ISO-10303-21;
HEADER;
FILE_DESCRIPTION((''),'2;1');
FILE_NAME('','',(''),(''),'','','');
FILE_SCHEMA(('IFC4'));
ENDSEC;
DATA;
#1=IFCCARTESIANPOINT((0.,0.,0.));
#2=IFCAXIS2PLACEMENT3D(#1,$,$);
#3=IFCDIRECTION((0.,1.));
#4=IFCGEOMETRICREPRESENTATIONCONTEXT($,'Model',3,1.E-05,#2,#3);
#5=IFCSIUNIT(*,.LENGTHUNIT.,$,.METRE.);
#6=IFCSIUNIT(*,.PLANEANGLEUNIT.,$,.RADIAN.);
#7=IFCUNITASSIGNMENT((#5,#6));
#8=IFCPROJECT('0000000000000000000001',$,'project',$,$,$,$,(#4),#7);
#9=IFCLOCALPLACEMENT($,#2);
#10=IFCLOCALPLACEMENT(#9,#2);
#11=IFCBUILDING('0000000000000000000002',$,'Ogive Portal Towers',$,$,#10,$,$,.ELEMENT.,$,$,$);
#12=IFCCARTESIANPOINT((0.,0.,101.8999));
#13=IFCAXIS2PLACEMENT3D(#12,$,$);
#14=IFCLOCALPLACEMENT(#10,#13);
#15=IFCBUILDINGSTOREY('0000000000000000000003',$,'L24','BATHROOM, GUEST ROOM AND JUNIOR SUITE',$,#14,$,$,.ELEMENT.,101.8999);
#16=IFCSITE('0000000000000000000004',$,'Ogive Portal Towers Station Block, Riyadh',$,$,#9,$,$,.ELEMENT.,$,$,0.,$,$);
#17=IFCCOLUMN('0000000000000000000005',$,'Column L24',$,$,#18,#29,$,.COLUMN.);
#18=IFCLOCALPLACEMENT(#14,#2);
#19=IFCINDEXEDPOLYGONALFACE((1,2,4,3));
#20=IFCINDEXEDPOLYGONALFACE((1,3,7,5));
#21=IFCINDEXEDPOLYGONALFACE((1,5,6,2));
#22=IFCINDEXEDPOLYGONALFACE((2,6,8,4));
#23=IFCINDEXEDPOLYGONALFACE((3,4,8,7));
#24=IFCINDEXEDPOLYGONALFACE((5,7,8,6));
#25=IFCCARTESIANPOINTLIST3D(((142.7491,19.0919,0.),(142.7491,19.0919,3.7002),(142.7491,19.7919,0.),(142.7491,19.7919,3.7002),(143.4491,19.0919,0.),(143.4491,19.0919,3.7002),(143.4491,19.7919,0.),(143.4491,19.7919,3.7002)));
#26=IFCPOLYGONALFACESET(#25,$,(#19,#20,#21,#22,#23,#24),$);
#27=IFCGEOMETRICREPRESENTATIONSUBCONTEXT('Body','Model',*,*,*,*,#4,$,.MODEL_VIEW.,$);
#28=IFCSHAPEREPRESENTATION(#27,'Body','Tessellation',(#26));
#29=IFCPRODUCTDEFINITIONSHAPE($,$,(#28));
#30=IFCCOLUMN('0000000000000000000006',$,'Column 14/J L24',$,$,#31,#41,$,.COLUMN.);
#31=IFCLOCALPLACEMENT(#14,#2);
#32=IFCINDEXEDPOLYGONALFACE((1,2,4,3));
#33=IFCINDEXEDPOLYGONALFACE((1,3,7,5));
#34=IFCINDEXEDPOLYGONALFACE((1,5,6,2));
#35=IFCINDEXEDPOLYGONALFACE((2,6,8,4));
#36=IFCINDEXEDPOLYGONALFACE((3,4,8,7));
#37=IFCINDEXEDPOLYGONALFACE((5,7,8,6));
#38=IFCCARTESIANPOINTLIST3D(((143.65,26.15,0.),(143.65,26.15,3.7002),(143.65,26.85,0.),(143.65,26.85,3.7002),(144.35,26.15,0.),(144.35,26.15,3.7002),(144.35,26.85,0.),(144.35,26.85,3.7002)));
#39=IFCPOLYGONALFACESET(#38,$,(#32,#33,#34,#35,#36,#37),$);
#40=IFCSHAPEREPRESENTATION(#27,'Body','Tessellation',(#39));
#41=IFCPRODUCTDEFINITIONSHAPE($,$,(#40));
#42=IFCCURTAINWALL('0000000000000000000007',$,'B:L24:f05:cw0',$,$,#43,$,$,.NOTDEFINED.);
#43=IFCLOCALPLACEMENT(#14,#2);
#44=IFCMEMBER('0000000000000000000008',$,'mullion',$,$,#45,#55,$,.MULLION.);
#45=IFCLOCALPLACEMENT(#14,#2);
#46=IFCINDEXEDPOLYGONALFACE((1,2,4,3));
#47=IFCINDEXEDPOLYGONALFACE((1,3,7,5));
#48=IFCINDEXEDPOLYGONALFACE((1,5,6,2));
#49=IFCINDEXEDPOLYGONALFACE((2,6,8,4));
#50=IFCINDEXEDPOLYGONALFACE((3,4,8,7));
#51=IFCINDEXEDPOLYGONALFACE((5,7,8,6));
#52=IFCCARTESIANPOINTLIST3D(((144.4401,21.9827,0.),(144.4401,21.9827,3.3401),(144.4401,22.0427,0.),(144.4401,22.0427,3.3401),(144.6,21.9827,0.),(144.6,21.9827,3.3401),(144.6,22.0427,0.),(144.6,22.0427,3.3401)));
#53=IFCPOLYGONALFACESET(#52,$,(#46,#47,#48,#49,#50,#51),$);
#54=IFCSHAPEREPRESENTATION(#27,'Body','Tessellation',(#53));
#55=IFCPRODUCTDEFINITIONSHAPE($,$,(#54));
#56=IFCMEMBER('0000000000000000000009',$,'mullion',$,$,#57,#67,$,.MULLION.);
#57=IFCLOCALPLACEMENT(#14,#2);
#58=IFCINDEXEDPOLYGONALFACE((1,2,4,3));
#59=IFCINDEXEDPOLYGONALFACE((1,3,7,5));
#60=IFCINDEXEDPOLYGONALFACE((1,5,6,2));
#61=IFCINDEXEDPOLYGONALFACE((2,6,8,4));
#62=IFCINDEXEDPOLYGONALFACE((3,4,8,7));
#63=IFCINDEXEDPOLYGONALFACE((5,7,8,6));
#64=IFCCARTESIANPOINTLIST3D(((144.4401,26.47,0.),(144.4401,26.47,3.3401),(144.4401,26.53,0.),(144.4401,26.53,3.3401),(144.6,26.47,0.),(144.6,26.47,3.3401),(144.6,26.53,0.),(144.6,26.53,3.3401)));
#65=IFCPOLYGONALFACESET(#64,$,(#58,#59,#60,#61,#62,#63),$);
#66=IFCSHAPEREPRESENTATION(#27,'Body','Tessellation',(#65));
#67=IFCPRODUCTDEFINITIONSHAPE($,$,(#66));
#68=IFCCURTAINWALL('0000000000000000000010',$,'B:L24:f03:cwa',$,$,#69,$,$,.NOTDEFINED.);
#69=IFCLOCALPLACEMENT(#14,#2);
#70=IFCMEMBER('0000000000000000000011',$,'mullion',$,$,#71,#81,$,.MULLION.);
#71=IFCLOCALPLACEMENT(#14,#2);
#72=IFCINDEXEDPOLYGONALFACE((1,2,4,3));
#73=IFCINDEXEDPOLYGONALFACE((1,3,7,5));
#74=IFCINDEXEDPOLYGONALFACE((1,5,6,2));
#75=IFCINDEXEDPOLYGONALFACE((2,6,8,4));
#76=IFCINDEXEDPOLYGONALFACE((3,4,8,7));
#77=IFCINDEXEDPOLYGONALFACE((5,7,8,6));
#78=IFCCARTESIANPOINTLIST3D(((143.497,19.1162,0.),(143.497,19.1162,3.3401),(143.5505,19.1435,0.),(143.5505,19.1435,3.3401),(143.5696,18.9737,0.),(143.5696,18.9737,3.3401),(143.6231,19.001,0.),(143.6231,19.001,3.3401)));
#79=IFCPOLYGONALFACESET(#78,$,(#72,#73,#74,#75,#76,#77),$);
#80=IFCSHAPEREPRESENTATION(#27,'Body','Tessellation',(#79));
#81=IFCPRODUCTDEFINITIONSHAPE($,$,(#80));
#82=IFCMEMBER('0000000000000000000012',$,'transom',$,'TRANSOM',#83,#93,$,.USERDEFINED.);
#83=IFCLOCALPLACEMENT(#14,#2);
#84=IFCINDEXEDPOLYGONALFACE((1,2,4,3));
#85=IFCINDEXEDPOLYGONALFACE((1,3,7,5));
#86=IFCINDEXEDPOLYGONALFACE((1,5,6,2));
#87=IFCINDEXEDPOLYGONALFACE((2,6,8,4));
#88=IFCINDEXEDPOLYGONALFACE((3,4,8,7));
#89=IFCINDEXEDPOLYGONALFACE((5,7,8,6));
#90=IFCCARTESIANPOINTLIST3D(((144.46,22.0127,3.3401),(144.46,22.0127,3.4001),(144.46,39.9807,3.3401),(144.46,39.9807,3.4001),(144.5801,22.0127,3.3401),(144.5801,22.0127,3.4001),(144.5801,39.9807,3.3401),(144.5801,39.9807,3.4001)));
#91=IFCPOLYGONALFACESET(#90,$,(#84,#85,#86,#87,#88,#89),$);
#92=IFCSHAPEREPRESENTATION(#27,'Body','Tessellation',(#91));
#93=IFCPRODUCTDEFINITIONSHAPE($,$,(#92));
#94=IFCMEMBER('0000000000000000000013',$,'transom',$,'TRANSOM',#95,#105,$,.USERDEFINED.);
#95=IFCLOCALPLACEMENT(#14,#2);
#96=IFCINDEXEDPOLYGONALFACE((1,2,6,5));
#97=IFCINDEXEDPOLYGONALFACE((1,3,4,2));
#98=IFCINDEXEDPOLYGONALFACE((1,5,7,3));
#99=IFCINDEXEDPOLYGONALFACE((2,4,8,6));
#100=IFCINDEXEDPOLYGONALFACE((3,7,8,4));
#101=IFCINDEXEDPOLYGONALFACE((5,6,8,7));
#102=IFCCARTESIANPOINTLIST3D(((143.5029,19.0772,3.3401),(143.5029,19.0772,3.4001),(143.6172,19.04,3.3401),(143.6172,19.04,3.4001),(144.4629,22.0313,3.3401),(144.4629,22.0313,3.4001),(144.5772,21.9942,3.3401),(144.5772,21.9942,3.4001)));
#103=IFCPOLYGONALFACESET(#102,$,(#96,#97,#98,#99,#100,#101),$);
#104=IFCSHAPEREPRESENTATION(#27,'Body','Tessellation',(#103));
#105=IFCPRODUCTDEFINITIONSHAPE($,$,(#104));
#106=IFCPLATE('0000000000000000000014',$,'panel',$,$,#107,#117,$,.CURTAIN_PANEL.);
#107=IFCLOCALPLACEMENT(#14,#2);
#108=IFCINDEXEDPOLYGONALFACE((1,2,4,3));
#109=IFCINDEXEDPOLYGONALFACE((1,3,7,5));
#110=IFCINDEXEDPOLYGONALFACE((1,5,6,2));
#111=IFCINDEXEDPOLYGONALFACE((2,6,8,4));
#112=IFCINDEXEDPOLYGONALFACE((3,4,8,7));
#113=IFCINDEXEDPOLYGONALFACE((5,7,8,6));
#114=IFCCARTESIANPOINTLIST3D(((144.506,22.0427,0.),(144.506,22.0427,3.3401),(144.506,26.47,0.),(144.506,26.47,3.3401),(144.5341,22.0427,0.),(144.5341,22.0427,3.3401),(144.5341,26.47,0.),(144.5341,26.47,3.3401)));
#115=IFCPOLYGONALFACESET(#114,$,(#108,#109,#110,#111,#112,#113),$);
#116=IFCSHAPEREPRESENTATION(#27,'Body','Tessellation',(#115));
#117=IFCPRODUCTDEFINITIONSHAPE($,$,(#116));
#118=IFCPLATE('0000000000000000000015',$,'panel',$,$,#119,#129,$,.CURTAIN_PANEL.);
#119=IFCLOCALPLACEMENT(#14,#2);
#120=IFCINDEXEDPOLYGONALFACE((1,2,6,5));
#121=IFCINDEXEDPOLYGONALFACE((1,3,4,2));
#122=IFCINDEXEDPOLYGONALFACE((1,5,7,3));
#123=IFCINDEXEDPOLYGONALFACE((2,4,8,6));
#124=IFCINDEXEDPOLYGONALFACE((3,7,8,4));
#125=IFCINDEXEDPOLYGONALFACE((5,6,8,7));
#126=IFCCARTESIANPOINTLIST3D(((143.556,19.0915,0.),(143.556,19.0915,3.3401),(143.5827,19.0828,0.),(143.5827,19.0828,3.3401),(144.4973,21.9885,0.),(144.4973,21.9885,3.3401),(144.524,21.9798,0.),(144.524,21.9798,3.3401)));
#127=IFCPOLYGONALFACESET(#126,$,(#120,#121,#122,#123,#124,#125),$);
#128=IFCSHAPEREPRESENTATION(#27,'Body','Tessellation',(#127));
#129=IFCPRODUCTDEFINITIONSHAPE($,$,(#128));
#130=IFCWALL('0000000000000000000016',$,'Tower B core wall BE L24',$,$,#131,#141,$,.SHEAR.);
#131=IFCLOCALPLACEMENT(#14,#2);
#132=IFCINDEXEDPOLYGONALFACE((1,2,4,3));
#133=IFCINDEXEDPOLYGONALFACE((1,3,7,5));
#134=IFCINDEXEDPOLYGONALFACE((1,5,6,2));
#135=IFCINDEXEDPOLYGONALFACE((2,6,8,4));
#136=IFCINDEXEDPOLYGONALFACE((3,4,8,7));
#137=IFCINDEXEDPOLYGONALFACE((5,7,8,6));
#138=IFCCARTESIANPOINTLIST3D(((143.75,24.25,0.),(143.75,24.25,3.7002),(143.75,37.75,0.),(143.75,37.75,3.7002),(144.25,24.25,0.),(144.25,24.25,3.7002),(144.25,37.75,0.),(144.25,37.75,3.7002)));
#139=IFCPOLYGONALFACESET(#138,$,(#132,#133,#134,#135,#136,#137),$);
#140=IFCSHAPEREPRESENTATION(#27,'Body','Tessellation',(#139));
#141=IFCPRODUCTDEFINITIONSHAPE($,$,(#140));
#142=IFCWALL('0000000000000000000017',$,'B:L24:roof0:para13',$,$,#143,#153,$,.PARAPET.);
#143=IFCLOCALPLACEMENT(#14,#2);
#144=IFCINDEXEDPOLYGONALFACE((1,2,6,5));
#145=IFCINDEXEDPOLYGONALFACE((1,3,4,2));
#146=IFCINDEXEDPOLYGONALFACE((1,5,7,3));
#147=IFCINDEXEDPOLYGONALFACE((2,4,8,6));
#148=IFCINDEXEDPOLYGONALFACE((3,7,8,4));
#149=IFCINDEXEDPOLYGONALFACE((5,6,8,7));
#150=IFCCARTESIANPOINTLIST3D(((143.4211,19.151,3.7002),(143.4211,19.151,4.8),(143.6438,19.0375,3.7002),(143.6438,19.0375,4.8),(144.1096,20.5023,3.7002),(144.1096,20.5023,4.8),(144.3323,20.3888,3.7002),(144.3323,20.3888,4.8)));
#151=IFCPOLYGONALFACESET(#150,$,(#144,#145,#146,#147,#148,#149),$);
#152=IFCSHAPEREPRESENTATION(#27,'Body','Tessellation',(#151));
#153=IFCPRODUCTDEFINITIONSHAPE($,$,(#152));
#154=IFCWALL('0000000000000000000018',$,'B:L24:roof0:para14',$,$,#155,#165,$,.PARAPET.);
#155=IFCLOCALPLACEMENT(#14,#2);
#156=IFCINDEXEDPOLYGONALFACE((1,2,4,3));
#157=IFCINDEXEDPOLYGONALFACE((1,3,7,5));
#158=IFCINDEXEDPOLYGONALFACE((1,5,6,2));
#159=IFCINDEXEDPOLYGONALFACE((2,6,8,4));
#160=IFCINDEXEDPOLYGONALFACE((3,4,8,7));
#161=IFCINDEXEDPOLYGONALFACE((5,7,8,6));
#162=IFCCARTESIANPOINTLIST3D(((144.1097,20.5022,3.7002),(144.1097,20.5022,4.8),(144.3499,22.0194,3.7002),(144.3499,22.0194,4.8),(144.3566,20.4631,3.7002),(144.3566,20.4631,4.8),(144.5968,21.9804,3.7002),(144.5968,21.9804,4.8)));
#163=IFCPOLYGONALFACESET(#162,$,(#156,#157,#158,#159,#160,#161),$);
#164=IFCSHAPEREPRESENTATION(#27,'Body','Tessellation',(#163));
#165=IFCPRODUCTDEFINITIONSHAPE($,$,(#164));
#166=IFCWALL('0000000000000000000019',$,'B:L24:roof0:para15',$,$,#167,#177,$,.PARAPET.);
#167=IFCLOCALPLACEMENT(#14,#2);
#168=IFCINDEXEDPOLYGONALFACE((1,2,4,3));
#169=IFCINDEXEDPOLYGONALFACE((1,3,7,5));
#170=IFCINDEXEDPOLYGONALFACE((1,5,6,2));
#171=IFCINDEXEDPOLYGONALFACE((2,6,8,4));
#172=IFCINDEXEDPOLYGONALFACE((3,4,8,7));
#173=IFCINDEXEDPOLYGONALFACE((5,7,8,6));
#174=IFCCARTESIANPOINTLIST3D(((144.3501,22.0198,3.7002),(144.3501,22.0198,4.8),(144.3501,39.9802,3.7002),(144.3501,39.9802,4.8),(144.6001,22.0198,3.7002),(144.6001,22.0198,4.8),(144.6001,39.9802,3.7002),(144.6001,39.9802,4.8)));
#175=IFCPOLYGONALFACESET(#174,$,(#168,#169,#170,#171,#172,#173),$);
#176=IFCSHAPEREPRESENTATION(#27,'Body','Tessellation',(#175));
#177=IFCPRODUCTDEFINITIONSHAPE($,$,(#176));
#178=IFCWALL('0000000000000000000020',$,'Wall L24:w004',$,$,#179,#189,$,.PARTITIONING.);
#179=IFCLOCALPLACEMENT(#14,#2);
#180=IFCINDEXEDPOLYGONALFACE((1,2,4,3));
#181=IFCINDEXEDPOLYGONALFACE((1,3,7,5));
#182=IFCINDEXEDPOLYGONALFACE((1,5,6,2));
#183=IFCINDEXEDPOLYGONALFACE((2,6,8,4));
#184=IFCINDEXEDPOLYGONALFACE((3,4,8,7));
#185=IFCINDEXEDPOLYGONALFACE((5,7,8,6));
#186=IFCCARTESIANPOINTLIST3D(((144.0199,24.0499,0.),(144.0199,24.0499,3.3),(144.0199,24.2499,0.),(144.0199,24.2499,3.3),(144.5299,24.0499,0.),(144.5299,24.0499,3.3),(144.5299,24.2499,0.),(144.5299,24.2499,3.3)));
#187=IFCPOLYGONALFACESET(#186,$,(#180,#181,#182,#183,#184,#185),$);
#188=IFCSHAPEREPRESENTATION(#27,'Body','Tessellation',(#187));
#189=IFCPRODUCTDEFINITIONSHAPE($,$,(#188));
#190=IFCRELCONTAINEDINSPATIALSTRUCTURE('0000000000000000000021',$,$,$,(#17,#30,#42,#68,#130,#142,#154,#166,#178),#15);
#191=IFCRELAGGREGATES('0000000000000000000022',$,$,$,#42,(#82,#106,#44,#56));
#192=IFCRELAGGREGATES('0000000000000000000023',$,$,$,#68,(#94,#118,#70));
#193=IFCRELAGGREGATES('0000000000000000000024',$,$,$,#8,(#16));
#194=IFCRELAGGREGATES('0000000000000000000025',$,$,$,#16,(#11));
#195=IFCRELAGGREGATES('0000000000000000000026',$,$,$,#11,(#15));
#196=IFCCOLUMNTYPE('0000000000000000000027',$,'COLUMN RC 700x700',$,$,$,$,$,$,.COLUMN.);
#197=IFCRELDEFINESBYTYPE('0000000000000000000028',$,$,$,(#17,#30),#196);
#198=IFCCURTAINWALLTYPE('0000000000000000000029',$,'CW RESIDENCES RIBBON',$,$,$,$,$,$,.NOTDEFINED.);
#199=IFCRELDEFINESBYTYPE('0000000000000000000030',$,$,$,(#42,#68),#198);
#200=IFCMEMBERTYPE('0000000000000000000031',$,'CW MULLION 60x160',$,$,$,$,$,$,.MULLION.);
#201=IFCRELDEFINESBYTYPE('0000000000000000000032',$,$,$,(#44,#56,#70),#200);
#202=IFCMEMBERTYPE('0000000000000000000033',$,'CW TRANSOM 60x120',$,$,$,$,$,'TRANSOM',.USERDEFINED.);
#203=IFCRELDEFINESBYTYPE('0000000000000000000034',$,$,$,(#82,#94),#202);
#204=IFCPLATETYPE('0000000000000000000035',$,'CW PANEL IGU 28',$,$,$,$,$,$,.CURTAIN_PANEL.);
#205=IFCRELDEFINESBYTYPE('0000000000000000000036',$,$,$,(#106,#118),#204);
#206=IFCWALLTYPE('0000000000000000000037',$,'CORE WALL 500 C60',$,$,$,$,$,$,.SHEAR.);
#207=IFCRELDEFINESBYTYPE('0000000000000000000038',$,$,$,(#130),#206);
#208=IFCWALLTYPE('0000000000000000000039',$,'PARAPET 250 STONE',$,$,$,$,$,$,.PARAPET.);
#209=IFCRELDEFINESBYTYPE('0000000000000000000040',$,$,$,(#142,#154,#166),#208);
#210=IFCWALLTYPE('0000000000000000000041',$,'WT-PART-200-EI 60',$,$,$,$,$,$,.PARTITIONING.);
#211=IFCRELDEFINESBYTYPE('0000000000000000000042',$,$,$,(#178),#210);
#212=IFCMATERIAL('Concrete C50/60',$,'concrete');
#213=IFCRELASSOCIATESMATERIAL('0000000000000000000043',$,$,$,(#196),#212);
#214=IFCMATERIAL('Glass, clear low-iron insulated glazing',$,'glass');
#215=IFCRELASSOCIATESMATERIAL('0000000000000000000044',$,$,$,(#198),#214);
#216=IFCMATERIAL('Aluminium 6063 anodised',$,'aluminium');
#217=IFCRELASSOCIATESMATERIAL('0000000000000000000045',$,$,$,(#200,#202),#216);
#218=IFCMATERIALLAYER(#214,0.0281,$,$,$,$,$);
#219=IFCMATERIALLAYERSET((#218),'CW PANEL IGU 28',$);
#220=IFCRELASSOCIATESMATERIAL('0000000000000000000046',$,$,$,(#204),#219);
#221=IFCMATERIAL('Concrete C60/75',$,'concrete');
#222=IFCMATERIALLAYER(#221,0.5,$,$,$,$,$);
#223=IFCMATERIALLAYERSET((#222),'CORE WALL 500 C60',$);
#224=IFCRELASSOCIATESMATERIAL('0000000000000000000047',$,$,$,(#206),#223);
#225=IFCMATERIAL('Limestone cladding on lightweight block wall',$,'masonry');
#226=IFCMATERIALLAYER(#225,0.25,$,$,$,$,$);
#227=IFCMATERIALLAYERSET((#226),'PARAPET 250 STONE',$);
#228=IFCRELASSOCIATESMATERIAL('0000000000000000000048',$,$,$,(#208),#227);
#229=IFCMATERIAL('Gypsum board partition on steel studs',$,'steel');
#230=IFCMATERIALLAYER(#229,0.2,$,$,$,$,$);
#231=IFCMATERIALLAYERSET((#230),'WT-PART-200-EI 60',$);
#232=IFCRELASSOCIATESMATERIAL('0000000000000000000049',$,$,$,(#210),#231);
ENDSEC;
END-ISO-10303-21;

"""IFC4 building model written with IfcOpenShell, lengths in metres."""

from ifc_helpers import new_model, si_unit, direction, frame, frame_2d, origin, origin_2d, place, context, subcontext, project, spatial, rectangle, extrude, material, layer, layer_set, material_profile, profile_set, type_object, element, aggregate, save


model = new_model("IFC4")

# Units and contexts
model_context = context("Model", 3, precision=1e-05, world=origin(), true_north=direction((0.0, 1.0)))
body_context = subcontext(model_context, "Body", "Model", "MODEL_VIEW")
ifc_project = project(units=[si_unit("LENGTHUNIT", "METRE"), si_unit("PLANEANGLEUNIT", "RADIAN")], contexts=[model_context])

# Site, building, storey
site_placement = place(None, origin())
site = spatial("IfcSite", under=ifc_project, at=site_placement, Name="Ogive Portal Towers Station Block, Riyadh", CompositionType="ELEMENT", RefElevation=0.0)
building_placement = place(site_placement, origin())
building = spatial("IfcBuilding", under=site, at=building_placement, Name="Ogive Portal Towers", CompositionType="ELEMENT")
storey_placement = place(building_placement, frame((0.0, 0.0, 101.8999)))
storey = spatial("IfcBuildingStorey", under=building, at=storey_placement, Name="L24", Description="BATHROOM, GUEST ROOM AND JUNIOR SUITE", CompositionType="ELEMENT", Elevation=101.8999)

# Columns
ifc_material_1 = material(Name="Concrete C50/60", Category="concrete")
ifc_material_profile_1 = material_profile(ifc_material_1, rectangle(XDim=0.7, YDim=0.7, at=origin_2d()), Name="RC 700x700")
ifc_profile_set_1 = profile_set([ifc_material_profile_1], Name="Concrete C50/60")
column_type = type_object("IfcColumnType", Name="COLUMN RC 700x700", PredefinedType="COLUMN", material=ifc_profile_set_1)
for number, where, z_axis, x_axis, name in (
    (1, (143.0991, 19.4419, 0.0), (0.0, 0.0, 1.0), (1.0, 0.0, 0.0), "Column L24"),
    (2, (144.0, 26.5, 0.0), (0.0, 0.0, 1.0), (1.0, 0.0, 0.0), "Column 14/J L24"),
):
    element("IfcColumn", number, at=place(storey_placement, frame(where, z_axis=z_axis, x_axis=x_axis)), inside=storey, type_object=column_type, Name=name, PredefinedType="COLUMN", context=body_context, shape_type="SweptSolid", body=[
        extrude(rectangle(XDim=0.7, YDim=0.7, at=origin_2d()), origin(), (0.0, 0.0, 1.0), 3.7002),
    ])

# Curtain wall, members
ifc_material_2 = material(Name="Glass, clear low-iron insulated glazing", Category="glass")
curtain_wall_type = type_object("IfcCurtainWallType", Name="CW RESIDENCES RIBBON", PredefinedType="NOTDEFINED", material=ifc_material_2)
curtain_wall_1_placement = place(storey_placement, origin())
curtain_wall_1 = element("IfcCurtainWall", 3, at=curtain_wall_1_placement, inside=storey, type_object=curtain_wall_type, Name="B:L24:f05:cw0", PredefinedType="NOTDEFINED")
ifc_material_3 = material(Name="Aluminium 6063 anodised", Category="aluminium")
ifc_material_profile_2 = material_profile(ifc_material_3, rectangle(XDim=0.1599, YDim=0.0601, at=origin_2d()), Name="AL 60x160")
ifc_profile_set_2 = profile_set([ifc_material_profile_2], Name="Aluminium 6063 anodised")
member_type_1 = type_object("IfcMemberType", Name="CW MULLION 60x160", PredefinedType="MULLION", material=ifc_profile_set_2)
member_1_placement = place(storey_placement, frame((144.52, 22.0127, 0.0), z_axis=(0.0, 0.0, 1.0), x_axis=(-1.0, 0.0, 0.0)))
member_1 = element("IfcMember", 4, at=member_1_placement, type_object=member_type_1, Name="mullion", PredefinedType="MULLION", context=body_context, shape_type="SweptSolid", body=[
    extrude(rectangle(XDim=0.1599, YDim=0.0601, at=origin_2d()), origin(), (0.0, 0.0, 1.0), 3.3401),
])
member_2_placement = place(storey_placement, frame((144.52, 26.5, 0.0), z_axis=(0.0, 0.0, 1.0), x_axis=(-1.0, 0.0, 0.0)))
member_2 = element("IfcMember", 5, at=member_2_placement, type_object=member_type_1, Name="mullion", PredefinedType="MULLION", context=body_context, shape_type="SweptSolid", body=[
    extrude(rectangle(XDim=0.1599, YDim=0.0601, at=origin_2d()), origin(), (0.0, 0.0, 1.0), 3.3401),
])

# Curtain wall, member
curtain_wall_2_placement = place(storey_placement, origin())
curtain_wall_2 = element("IfcCurtainWall", 6, at=curtain_wall_2_placement, inside=storey, type_object=curtain_wall_type, Name="B:L24:f03:cwa", PredefinedType="NOTDEFINED")
member_3_placement = place(storey_placement, frame((143.5601, 19.0586, 0.0), z_axis=(0.0, 0.0, 1.0), x_axis=(-0.45399, 0.891007, 0.0)))
member_3 = element("IfcMember", 7, at=member_3_placement, type_object=member_type_1, Name="mullion", PredefinedType="MULLION", context=body_context, shape_type="SweptSolid", body=[
    extrude(rectangle(XDim=0.1599, YDim=0.0601, at=origin_2d()), origin(), (0.0, 0.0, 1.0), 3.3401),
])

# Members
ifc_material_profile_3 = material_profile(ifc_material_3, rectangle(XDim=0.1201, YDim=0.0601, at=origin_2d()), Name="AL 120x60")
ifc_profile_set_3 = profile_set([ifc_material_profile_3], Name="Aluminium 6063 anodised")
member_type_2 = type_object("IfcMemberType", Name="CW TRANSOM 60x120", ElementType="TRANSOM", PredefinedType="USERDEFINED", material=ifc_profile_set_3)
member_4_placement = place(storey_placement, frame((144.52, 22.0127, 3.3701), z_axis=(0.0, 1.0, 0.0), x_axis=(-1.0, 0.0, 0.0)))
member_4 = element("IfcMember", 8, at=member_4_placement, type_object=member_type_2, Name="transom", ObjectType="TRANSOM", PredefinedType="USERDEFINED", context=body_context, shape_type="SweptSolid", body=[
    extrude(rectangle(XDim=0.1201, YDim=0.0601, at=origin_2d()), origin(), (0.0, 0.0, 1.0), 17.968),
])
member_5_placement = place(storey_placement, frame((143.5601, 19.0586, 3.3701), z_axis=(0.309051, 0.951046, 0.0), x_axis=(-0.951046, 0.309051, 0.0)))
member_5 = element("IfcMember", 9, at=member_5_placement, type_object=member_type_2, Name="transom", ObjectType="TRANSOM", PredefinedType="USERDEFINED", context=body_context, shape_type="SweptSolid", body=[
    extrude(rectangle(XDim=0.1201, YDim=0.0601, at=origin_2d()), origin(), (0.0, 0.0, 1.0), 3.1062),
])

# Plates
ifc_layer_1 = layer(ifc_material_2, 0.0281)
ifc_layer_set_1 = layer_set([ifc_layer_1], Name="CW PANEL IGU 28")
plate_type = type_object("IfcPlateType", Name="CW PANEL IGU 28", PredefinedType="CURTAIN_PANEL", material=ifc_layer_set_1)
plate_1_placement = place(storey_placement, frame((144.52, 24.2563, 0.0), z_axis=(0.0, 0.0, 1.0), x_axis=(0.0, 1.0, 0.0)))
plate_1 = element("IfcPlate", 10, at=plate_1_placement, type_object=plate_type, Name="panel", PredefinedType="CURTAIN_PANEL", context=body_context, shape_type="SweptSolid", body=[
    extrude(rectangle(XDim=4.4272, YDim=0.0281, at=origin_2d()), origin(), (0.0, 0.0, 1.0), 3.3401),
])
aggregate(curtain_wall_1, [member_4, plate_1, member_1, member_2])
plate_2_placement = place(storey_placement, frame((144.04, 20.5356, 0.0), z_axis=(0.0, 0.0, 1.0), x_axis=(0.309017, 0.951057, 0.0)))
plate_2 = element("IfcPlate", 11, at=plate_2_placement, type_object=plate_type, Name="panel", PredefinedType="CURTAIN_PANEL", context=body_context, shape_type="SweptSolid", body=[
    extrude(rectangle(XDim=3.0461, YDim=0.0281, at=origin_2d()), origin(), (0.0, 0.0, 1.0), 3.3401),
])
aggregate(curtain_wall_2, [member_5, plate_2, member_3])

# Walls
ifc_material_4 = material(Name="Concrete C60/75", Category="concrete")
ifc_layer_2 = layer(ifc_material_4, 0.5)
ifc_layer_set_2 = layer_set([ifc_layer_2], Name="CORE WALL 500 C60")
wall_type_1 = type_object("IfcWallType", Name="CORE WALL 500 C60", PredefinedType="SHEAR", material=ifc_layer_set_2)
wall_1_placement = place(storey_placement, frame((144.0, 24.25, 0.0), z_axis=(0.0, 0.0, 1.0), x_axis=(0.0, 1.0, 0.0)))
element("IfcWall", 12, at=wall_1_placement, inside=storey, type_object=wall_type_1, Name="Tower B core wall BE L24", PredefinedType="SHEAR", context=body_context, shape_type="SweptSolid", body=[
    extrude(rectangle(XDim=13.5, YDim=0.5, at=frame_2d((6.75, 0.0))), origin(), (0.0, 0.0, 1.0), 3.7002),
])
ifc_material_5 = material(Name="Limestone cladding on lightweight block wall", Category="masonry")
ifc_layer_3 = layer(ifc_material_5, 0.25)
ifc_layer_set_3 = layer_set([ifc_layer_3], Name="PARAPET 250 STONE")
wall_type_2 = type_object("IfcWallType", Name="PARAPET 250 STONE", PredefinedType="PARAPET", material=ifc_layer_set_3)
wall_2_placement = place(storey_placement, frame((143.5325, 19.0942, 3.7002), z_axis=(0.0, 0.0, 1.0), x_axis=(0.453962, 0.891021, 0.0)))
element("IfcWall", 13, at=wall_2_placement, inside=storey, type_object=wall_type_2, Name="B:L24:roof0:para13", PredefinedType="PARAPET", context=body_context, shape_type="SweptSolid", body=[
    extrude(rectangle(XDim=1.5166, YDim=0.25, at=frame_2d((0.7583, 0.0))), origin(), (0.0, 0.0, 1.0), 1.0999),
])
wall_3_placement = place(storey_placement, frame((144.2332, 20.4827, 3.7002), z_axis=(0.0, 0.0, 1.0), x_axis=(0.156379, 0.987697, 0.0)))
element("IfcWall", 14, at=wall_3_placement, inside=storey, type_object=wall_type_2, Name="B:L24:roof0:para14", PredefinedType="PARAPET", context=body_context, shape_type="SweptSolid", body=[
    extrude(rectangle(XDim=1.5361, YDim=0.25, at=frame_2d((0.7681, 0.0))), origin(), (0.0, 0.0, 1.0), 1.0999),
])
wall_4_placement = place(storey_placement, frame((144.4751, 22.0198, 3.7002), z_axis=(0.0, 0.0, 1.0), x_axis=(0.0, 1.0, 0.0)))
element("IfcWall", 15, at=wall_4_placement, inside=storey, type_object=wall_type_2, Name="B:L24:roof0:para15", PredefinedType="PARAPET", context=body_context, shape_type="SweptSolid", body=[
    extrude(rectangle(XDim=17.9604, YDim=0.25, at=frame_2d((8.9802, 0.0))), origin(), (0.0, 0.0, 1.0), 1.0999),
])
ifc_material_6 = material(Name="Gypsum board partition on steel studs", Category="steel")
ifc_layer_4 = layer(ifc_material_6, 0.2)
ifc_layer_set_4 = layer_set([ifc_layer_4], Name="WT-PART-200-EI 60")
wall_type_3 = type_object("IfcWallType", Name="WT-PART-200-EI 60", PredefinedType="PARTITIONING", material=ifc_layer_set_4)
wall_5_placement = place(storey_placement, frame((144.02, 24.1499, 0.0), z_axis=(0.0, 0.0, 1.0), x_axis=(1.0, 0.0, 0.0)))
element("IfcWall", 16, at=wall_5_placement, inside=storey, type_object=wall_type_3, Name="Wall L24:w004", PredefinedType="PARTITIONING", context=body_context, shape_type="SweptSolid", body=[
    extrude(rectangle(XDim=0.51, YDim=0.2, at=frame_2d((0.2549, 0.0))), origin(), (0.0, 0.0, 1.0), 3.3),
])

save(model, "model.ifc")
